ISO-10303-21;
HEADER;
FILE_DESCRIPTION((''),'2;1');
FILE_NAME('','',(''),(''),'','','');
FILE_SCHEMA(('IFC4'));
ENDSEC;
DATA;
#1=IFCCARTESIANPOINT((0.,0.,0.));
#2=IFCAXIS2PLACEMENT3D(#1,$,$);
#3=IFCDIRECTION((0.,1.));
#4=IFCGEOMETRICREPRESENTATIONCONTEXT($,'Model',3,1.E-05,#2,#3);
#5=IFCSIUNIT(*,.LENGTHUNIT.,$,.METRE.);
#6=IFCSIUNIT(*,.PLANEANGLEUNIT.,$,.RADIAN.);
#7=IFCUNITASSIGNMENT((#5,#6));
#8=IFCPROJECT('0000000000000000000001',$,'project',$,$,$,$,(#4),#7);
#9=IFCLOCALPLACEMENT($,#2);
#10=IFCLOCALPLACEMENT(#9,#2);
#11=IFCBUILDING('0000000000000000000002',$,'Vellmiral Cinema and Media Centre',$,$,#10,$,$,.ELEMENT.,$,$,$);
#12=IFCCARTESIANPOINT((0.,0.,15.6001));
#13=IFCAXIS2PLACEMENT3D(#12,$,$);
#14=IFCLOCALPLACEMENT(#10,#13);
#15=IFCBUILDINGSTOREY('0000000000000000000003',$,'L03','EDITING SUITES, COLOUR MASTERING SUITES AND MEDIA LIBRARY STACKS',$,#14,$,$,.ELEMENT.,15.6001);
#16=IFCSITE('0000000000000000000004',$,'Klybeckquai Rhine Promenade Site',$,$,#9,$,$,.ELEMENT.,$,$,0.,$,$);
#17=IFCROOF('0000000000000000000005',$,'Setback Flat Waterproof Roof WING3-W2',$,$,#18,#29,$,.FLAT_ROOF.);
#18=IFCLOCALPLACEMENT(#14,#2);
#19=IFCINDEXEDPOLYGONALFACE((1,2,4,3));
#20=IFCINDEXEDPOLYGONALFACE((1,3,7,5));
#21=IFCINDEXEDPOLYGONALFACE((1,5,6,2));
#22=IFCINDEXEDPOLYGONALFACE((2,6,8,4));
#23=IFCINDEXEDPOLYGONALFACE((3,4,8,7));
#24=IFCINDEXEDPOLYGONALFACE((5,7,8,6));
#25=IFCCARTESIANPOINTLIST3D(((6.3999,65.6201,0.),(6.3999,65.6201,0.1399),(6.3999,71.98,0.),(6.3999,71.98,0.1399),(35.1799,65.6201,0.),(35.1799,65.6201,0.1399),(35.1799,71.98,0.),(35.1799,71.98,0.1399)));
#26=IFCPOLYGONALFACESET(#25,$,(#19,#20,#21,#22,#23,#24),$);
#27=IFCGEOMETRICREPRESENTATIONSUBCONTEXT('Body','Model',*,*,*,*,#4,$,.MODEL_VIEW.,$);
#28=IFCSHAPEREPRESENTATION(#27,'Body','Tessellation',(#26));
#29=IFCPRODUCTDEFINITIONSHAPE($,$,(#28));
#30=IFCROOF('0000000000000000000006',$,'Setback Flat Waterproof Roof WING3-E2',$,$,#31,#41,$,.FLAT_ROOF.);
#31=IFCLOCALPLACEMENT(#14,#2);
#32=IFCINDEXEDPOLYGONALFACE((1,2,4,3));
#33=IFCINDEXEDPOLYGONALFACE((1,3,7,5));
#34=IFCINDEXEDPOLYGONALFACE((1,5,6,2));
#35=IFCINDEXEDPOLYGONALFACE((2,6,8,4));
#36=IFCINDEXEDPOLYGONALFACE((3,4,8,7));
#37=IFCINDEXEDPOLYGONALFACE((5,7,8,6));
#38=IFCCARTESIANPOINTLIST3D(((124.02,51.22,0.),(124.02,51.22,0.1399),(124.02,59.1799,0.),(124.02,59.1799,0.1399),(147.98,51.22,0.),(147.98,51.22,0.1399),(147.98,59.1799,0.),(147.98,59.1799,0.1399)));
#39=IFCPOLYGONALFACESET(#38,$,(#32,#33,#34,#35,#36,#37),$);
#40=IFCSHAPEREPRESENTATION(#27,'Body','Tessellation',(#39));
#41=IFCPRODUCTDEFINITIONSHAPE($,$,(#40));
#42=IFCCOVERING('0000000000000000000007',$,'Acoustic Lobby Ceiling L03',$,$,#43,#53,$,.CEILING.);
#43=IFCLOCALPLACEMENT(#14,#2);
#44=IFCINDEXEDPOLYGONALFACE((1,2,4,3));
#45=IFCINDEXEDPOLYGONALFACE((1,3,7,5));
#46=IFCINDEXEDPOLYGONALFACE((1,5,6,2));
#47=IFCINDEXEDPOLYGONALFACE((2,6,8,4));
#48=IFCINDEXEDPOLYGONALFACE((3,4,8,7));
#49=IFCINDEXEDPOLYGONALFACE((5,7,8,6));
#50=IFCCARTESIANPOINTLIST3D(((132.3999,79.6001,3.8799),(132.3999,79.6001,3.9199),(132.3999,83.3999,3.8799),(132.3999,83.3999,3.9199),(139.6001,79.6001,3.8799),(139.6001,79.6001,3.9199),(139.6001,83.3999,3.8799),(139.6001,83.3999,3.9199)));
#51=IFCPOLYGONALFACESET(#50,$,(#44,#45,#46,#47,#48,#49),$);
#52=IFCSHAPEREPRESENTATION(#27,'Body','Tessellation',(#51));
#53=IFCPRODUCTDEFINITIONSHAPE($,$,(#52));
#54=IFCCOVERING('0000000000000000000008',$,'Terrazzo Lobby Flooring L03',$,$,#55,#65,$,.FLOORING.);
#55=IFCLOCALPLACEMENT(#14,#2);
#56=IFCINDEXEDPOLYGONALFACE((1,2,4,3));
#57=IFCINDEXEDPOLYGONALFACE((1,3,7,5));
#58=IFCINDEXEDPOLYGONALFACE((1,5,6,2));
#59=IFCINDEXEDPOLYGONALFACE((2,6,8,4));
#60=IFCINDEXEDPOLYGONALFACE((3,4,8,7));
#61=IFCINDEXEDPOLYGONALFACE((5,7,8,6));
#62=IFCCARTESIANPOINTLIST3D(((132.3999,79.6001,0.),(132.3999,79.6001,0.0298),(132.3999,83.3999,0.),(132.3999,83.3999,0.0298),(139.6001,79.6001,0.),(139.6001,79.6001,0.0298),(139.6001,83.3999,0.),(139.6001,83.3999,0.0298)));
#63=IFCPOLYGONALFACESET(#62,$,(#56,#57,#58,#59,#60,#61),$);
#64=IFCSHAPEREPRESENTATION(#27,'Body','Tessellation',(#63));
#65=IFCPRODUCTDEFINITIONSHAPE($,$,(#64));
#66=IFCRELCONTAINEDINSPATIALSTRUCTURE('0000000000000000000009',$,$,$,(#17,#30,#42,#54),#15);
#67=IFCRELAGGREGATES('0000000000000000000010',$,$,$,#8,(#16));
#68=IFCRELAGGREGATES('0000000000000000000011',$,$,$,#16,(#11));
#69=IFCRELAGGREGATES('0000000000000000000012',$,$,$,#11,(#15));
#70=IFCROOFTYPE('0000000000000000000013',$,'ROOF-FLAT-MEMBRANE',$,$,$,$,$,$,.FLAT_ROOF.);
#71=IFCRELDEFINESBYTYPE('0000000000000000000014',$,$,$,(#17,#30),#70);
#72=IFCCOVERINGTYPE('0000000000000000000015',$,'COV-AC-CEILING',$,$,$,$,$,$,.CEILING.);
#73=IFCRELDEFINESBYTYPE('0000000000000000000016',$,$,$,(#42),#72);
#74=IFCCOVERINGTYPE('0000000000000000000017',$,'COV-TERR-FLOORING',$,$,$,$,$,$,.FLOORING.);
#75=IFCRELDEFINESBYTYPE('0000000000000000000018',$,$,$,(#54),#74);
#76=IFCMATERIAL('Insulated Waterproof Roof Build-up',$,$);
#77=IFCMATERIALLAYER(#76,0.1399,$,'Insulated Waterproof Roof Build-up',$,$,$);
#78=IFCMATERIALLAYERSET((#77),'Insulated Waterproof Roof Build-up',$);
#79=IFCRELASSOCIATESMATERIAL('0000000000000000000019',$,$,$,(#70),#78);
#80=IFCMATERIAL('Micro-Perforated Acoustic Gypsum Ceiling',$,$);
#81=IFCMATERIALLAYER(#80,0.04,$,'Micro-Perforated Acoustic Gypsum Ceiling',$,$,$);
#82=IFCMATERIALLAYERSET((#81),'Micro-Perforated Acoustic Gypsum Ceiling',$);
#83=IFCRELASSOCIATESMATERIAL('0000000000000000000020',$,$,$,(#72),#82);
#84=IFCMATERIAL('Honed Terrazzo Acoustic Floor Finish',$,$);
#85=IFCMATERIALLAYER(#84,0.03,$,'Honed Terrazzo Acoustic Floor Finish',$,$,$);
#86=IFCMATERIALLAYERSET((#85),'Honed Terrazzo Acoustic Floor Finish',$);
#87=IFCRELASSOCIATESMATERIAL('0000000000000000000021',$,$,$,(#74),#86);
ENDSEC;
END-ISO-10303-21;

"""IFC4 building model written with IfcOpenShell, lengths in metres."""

from ifc_helpers import new_model, si_unit, direction, frame, origin, place, context, subcontext, project, spatial, polyline, outline, extrude, material, layer, layer_set, type_object, element, save


model = new_model("IFC4")

# Units and contexts
model_context = context("Model", 3, precision=1e-05, world=origin(), true_north=direction((0.0, 1.0)))
body_context = subcontext(model_context, "Body", "Model", "MODEL_VIEW")
ifc_project = project(units=[si_unit("LENGTHUNIT", "METRE"), si_unit("PLANEANGLEUNIT", "RADIAN")], contexts=[model_context])

# Site, building, storey
site_placement = place(None, origin())
site = spatial("IfcSite", under=ifc_project, at=site_placement, Name="Klybeckquai Rhine Promenade Site", CompositionType="ELEMENT", RefElevation=0.0)
building_placement = place(site_placement, origin())
building = spatial("IfcBuilding", under=site, at=building_placement, Name="Vellmiral Cinema and Media Centre", CompositionType="ELEMENT")
storey_placement = place(building_placement, frame((0.0, 0.0, 15.6001)))
storey = spatial("IfcBuildingStorey", under=building, at=storey_placement, Name="L03", Description="EDITING SUITES, COLOUR MASTERING SUITES AND MEDIA LIBRARY STACKS", CompositionType="ELEMENT", Elevation=15.6001)

# Roofs
ifc_material_1 = material(Name="Insulated Waterproof Roof Build-up")
ifc_layer_1 = layer(ifc_material_1, 0.1399, Name="Insulated Waterproof Roof Build-up")
ifc_layer_set_1 = layer_set([ifc_layer_1], Name="Insulated Waterproof Roof Build-up")
roof_type = type_object("IfcRoofType", Name="ROOF-FLAT-MEMBRANE", PredefinedType="FLAT_ROOF", material=ifc_layer_set_1)
roof_1_placement = place(storey_placement, origin())
element("IfcRoof", 1, at=roof_1_placement, inside=storey, type_object=roof_type, Name="Setback Flat Waterproof Roof WING3-W2", PredefinedType="FLAT_ROOF", context=body_context, shape_type="SweptSolid", body=[
    extrude(outline(polyline([(6.3999, 65.6201), (35.1799, 65.6201), (35.1799, 71.98), (6.3999, 71.98), (6.3999, 65.6201)])), origin(), (0.0, 0.0, 1.0), 0.1399),
])
roof_2_placement = place(storey_placement, origin())
element("IfcRoof", 2, at=roof_2_placement, inside=storey, type_object=roof_type, Name="Setback Flat Waterproof Roof WING3-E2", PredefinedType="FLAT_ROOF", context=body_context, shape_type="SweptSolid", body=[
    extrude(outline(polyline([(124.02, 51.22), (147.98, 51.22), (147.98, 59.1799), (124.02, 59.1799), (124.02, 51.22)])), origin(), (0.0, 0.0, 1.0), 0.1399),
])

# Coverings
ifc_material_2 = material(Name="Micro-Perforated Acoustic Gypsum Ceiling")
ifc_layer_2 = layer(ifc_material_2, 0.04, Name="Micro-Perforated Acoustic Gypsum Ceiling")
ifc_layer_set_2 = layer_set([ifc_layer_2], Name="Micro-Perforated Acoustic Gypsum Ceiling")
covering_type_1 = type_object("IfcCoveringType", Name="COV-AC-CEILING", PredefinedType="CEILING", material=ifc_layer_set_2)
covering_1_placement = place(storey_placement, frame((0.0, 0.0, 3.8799)))
element("IfcCovering", 3, at=covering_1_placement, inside=storey, type_object=covering_type_1, Name="Acoustic Lobby Ceiling L03", PredefinedType="CEILING", context=body_context, shape_type="SweptSolid", body=[
    extrude(outline(polyline([(132.3999, 79.6001), (139.6001, 79.6001), (139.6001, 83.3999), (132.3999, 83.3999), (132.3999, 79.6001)])), origin(), (0.0, 0.0, 1.0), 0.04),
])
ifc_material_3 = material(Name="Honed Terrazzo Acoustic Floor Finish")
ifc_layer_3 = layer(ifc_material_3, 0.03, Name="Honed Terrazzo Acoustic Floor Finish")
ifc_layer_set_3 = layer_set([ifc_layer_3], Name="Honed Terrazzo Acoustic Floor Finish")
covering_type_2 = type_object("IfcCoveringType", Name="COV-TERR-FLOORING", PredefinedType="FLOORING", material=ifc_layer_set_3)
covering_2_placement = place(storey_placement, origin())
element("IfcCovering", 4, at=covering_2_placement, inside=storey, type_object=covering_type_2, Name="Terrazzo Lobby Flooring L03", PredefinedType="FLOORING", context=body_context, shape_type="SweptSolid", body=[
    extrude(outline(polyline([(132.3999, 79.6001), (139.6001, 79.6001), (139.6001, 83.3999), (132.3999, 83.3999), (132.3999, 79.6001)])), origin(), (0.0, 0.0, 1.0), 0.0298),
])

save(model, "model.ifc")
